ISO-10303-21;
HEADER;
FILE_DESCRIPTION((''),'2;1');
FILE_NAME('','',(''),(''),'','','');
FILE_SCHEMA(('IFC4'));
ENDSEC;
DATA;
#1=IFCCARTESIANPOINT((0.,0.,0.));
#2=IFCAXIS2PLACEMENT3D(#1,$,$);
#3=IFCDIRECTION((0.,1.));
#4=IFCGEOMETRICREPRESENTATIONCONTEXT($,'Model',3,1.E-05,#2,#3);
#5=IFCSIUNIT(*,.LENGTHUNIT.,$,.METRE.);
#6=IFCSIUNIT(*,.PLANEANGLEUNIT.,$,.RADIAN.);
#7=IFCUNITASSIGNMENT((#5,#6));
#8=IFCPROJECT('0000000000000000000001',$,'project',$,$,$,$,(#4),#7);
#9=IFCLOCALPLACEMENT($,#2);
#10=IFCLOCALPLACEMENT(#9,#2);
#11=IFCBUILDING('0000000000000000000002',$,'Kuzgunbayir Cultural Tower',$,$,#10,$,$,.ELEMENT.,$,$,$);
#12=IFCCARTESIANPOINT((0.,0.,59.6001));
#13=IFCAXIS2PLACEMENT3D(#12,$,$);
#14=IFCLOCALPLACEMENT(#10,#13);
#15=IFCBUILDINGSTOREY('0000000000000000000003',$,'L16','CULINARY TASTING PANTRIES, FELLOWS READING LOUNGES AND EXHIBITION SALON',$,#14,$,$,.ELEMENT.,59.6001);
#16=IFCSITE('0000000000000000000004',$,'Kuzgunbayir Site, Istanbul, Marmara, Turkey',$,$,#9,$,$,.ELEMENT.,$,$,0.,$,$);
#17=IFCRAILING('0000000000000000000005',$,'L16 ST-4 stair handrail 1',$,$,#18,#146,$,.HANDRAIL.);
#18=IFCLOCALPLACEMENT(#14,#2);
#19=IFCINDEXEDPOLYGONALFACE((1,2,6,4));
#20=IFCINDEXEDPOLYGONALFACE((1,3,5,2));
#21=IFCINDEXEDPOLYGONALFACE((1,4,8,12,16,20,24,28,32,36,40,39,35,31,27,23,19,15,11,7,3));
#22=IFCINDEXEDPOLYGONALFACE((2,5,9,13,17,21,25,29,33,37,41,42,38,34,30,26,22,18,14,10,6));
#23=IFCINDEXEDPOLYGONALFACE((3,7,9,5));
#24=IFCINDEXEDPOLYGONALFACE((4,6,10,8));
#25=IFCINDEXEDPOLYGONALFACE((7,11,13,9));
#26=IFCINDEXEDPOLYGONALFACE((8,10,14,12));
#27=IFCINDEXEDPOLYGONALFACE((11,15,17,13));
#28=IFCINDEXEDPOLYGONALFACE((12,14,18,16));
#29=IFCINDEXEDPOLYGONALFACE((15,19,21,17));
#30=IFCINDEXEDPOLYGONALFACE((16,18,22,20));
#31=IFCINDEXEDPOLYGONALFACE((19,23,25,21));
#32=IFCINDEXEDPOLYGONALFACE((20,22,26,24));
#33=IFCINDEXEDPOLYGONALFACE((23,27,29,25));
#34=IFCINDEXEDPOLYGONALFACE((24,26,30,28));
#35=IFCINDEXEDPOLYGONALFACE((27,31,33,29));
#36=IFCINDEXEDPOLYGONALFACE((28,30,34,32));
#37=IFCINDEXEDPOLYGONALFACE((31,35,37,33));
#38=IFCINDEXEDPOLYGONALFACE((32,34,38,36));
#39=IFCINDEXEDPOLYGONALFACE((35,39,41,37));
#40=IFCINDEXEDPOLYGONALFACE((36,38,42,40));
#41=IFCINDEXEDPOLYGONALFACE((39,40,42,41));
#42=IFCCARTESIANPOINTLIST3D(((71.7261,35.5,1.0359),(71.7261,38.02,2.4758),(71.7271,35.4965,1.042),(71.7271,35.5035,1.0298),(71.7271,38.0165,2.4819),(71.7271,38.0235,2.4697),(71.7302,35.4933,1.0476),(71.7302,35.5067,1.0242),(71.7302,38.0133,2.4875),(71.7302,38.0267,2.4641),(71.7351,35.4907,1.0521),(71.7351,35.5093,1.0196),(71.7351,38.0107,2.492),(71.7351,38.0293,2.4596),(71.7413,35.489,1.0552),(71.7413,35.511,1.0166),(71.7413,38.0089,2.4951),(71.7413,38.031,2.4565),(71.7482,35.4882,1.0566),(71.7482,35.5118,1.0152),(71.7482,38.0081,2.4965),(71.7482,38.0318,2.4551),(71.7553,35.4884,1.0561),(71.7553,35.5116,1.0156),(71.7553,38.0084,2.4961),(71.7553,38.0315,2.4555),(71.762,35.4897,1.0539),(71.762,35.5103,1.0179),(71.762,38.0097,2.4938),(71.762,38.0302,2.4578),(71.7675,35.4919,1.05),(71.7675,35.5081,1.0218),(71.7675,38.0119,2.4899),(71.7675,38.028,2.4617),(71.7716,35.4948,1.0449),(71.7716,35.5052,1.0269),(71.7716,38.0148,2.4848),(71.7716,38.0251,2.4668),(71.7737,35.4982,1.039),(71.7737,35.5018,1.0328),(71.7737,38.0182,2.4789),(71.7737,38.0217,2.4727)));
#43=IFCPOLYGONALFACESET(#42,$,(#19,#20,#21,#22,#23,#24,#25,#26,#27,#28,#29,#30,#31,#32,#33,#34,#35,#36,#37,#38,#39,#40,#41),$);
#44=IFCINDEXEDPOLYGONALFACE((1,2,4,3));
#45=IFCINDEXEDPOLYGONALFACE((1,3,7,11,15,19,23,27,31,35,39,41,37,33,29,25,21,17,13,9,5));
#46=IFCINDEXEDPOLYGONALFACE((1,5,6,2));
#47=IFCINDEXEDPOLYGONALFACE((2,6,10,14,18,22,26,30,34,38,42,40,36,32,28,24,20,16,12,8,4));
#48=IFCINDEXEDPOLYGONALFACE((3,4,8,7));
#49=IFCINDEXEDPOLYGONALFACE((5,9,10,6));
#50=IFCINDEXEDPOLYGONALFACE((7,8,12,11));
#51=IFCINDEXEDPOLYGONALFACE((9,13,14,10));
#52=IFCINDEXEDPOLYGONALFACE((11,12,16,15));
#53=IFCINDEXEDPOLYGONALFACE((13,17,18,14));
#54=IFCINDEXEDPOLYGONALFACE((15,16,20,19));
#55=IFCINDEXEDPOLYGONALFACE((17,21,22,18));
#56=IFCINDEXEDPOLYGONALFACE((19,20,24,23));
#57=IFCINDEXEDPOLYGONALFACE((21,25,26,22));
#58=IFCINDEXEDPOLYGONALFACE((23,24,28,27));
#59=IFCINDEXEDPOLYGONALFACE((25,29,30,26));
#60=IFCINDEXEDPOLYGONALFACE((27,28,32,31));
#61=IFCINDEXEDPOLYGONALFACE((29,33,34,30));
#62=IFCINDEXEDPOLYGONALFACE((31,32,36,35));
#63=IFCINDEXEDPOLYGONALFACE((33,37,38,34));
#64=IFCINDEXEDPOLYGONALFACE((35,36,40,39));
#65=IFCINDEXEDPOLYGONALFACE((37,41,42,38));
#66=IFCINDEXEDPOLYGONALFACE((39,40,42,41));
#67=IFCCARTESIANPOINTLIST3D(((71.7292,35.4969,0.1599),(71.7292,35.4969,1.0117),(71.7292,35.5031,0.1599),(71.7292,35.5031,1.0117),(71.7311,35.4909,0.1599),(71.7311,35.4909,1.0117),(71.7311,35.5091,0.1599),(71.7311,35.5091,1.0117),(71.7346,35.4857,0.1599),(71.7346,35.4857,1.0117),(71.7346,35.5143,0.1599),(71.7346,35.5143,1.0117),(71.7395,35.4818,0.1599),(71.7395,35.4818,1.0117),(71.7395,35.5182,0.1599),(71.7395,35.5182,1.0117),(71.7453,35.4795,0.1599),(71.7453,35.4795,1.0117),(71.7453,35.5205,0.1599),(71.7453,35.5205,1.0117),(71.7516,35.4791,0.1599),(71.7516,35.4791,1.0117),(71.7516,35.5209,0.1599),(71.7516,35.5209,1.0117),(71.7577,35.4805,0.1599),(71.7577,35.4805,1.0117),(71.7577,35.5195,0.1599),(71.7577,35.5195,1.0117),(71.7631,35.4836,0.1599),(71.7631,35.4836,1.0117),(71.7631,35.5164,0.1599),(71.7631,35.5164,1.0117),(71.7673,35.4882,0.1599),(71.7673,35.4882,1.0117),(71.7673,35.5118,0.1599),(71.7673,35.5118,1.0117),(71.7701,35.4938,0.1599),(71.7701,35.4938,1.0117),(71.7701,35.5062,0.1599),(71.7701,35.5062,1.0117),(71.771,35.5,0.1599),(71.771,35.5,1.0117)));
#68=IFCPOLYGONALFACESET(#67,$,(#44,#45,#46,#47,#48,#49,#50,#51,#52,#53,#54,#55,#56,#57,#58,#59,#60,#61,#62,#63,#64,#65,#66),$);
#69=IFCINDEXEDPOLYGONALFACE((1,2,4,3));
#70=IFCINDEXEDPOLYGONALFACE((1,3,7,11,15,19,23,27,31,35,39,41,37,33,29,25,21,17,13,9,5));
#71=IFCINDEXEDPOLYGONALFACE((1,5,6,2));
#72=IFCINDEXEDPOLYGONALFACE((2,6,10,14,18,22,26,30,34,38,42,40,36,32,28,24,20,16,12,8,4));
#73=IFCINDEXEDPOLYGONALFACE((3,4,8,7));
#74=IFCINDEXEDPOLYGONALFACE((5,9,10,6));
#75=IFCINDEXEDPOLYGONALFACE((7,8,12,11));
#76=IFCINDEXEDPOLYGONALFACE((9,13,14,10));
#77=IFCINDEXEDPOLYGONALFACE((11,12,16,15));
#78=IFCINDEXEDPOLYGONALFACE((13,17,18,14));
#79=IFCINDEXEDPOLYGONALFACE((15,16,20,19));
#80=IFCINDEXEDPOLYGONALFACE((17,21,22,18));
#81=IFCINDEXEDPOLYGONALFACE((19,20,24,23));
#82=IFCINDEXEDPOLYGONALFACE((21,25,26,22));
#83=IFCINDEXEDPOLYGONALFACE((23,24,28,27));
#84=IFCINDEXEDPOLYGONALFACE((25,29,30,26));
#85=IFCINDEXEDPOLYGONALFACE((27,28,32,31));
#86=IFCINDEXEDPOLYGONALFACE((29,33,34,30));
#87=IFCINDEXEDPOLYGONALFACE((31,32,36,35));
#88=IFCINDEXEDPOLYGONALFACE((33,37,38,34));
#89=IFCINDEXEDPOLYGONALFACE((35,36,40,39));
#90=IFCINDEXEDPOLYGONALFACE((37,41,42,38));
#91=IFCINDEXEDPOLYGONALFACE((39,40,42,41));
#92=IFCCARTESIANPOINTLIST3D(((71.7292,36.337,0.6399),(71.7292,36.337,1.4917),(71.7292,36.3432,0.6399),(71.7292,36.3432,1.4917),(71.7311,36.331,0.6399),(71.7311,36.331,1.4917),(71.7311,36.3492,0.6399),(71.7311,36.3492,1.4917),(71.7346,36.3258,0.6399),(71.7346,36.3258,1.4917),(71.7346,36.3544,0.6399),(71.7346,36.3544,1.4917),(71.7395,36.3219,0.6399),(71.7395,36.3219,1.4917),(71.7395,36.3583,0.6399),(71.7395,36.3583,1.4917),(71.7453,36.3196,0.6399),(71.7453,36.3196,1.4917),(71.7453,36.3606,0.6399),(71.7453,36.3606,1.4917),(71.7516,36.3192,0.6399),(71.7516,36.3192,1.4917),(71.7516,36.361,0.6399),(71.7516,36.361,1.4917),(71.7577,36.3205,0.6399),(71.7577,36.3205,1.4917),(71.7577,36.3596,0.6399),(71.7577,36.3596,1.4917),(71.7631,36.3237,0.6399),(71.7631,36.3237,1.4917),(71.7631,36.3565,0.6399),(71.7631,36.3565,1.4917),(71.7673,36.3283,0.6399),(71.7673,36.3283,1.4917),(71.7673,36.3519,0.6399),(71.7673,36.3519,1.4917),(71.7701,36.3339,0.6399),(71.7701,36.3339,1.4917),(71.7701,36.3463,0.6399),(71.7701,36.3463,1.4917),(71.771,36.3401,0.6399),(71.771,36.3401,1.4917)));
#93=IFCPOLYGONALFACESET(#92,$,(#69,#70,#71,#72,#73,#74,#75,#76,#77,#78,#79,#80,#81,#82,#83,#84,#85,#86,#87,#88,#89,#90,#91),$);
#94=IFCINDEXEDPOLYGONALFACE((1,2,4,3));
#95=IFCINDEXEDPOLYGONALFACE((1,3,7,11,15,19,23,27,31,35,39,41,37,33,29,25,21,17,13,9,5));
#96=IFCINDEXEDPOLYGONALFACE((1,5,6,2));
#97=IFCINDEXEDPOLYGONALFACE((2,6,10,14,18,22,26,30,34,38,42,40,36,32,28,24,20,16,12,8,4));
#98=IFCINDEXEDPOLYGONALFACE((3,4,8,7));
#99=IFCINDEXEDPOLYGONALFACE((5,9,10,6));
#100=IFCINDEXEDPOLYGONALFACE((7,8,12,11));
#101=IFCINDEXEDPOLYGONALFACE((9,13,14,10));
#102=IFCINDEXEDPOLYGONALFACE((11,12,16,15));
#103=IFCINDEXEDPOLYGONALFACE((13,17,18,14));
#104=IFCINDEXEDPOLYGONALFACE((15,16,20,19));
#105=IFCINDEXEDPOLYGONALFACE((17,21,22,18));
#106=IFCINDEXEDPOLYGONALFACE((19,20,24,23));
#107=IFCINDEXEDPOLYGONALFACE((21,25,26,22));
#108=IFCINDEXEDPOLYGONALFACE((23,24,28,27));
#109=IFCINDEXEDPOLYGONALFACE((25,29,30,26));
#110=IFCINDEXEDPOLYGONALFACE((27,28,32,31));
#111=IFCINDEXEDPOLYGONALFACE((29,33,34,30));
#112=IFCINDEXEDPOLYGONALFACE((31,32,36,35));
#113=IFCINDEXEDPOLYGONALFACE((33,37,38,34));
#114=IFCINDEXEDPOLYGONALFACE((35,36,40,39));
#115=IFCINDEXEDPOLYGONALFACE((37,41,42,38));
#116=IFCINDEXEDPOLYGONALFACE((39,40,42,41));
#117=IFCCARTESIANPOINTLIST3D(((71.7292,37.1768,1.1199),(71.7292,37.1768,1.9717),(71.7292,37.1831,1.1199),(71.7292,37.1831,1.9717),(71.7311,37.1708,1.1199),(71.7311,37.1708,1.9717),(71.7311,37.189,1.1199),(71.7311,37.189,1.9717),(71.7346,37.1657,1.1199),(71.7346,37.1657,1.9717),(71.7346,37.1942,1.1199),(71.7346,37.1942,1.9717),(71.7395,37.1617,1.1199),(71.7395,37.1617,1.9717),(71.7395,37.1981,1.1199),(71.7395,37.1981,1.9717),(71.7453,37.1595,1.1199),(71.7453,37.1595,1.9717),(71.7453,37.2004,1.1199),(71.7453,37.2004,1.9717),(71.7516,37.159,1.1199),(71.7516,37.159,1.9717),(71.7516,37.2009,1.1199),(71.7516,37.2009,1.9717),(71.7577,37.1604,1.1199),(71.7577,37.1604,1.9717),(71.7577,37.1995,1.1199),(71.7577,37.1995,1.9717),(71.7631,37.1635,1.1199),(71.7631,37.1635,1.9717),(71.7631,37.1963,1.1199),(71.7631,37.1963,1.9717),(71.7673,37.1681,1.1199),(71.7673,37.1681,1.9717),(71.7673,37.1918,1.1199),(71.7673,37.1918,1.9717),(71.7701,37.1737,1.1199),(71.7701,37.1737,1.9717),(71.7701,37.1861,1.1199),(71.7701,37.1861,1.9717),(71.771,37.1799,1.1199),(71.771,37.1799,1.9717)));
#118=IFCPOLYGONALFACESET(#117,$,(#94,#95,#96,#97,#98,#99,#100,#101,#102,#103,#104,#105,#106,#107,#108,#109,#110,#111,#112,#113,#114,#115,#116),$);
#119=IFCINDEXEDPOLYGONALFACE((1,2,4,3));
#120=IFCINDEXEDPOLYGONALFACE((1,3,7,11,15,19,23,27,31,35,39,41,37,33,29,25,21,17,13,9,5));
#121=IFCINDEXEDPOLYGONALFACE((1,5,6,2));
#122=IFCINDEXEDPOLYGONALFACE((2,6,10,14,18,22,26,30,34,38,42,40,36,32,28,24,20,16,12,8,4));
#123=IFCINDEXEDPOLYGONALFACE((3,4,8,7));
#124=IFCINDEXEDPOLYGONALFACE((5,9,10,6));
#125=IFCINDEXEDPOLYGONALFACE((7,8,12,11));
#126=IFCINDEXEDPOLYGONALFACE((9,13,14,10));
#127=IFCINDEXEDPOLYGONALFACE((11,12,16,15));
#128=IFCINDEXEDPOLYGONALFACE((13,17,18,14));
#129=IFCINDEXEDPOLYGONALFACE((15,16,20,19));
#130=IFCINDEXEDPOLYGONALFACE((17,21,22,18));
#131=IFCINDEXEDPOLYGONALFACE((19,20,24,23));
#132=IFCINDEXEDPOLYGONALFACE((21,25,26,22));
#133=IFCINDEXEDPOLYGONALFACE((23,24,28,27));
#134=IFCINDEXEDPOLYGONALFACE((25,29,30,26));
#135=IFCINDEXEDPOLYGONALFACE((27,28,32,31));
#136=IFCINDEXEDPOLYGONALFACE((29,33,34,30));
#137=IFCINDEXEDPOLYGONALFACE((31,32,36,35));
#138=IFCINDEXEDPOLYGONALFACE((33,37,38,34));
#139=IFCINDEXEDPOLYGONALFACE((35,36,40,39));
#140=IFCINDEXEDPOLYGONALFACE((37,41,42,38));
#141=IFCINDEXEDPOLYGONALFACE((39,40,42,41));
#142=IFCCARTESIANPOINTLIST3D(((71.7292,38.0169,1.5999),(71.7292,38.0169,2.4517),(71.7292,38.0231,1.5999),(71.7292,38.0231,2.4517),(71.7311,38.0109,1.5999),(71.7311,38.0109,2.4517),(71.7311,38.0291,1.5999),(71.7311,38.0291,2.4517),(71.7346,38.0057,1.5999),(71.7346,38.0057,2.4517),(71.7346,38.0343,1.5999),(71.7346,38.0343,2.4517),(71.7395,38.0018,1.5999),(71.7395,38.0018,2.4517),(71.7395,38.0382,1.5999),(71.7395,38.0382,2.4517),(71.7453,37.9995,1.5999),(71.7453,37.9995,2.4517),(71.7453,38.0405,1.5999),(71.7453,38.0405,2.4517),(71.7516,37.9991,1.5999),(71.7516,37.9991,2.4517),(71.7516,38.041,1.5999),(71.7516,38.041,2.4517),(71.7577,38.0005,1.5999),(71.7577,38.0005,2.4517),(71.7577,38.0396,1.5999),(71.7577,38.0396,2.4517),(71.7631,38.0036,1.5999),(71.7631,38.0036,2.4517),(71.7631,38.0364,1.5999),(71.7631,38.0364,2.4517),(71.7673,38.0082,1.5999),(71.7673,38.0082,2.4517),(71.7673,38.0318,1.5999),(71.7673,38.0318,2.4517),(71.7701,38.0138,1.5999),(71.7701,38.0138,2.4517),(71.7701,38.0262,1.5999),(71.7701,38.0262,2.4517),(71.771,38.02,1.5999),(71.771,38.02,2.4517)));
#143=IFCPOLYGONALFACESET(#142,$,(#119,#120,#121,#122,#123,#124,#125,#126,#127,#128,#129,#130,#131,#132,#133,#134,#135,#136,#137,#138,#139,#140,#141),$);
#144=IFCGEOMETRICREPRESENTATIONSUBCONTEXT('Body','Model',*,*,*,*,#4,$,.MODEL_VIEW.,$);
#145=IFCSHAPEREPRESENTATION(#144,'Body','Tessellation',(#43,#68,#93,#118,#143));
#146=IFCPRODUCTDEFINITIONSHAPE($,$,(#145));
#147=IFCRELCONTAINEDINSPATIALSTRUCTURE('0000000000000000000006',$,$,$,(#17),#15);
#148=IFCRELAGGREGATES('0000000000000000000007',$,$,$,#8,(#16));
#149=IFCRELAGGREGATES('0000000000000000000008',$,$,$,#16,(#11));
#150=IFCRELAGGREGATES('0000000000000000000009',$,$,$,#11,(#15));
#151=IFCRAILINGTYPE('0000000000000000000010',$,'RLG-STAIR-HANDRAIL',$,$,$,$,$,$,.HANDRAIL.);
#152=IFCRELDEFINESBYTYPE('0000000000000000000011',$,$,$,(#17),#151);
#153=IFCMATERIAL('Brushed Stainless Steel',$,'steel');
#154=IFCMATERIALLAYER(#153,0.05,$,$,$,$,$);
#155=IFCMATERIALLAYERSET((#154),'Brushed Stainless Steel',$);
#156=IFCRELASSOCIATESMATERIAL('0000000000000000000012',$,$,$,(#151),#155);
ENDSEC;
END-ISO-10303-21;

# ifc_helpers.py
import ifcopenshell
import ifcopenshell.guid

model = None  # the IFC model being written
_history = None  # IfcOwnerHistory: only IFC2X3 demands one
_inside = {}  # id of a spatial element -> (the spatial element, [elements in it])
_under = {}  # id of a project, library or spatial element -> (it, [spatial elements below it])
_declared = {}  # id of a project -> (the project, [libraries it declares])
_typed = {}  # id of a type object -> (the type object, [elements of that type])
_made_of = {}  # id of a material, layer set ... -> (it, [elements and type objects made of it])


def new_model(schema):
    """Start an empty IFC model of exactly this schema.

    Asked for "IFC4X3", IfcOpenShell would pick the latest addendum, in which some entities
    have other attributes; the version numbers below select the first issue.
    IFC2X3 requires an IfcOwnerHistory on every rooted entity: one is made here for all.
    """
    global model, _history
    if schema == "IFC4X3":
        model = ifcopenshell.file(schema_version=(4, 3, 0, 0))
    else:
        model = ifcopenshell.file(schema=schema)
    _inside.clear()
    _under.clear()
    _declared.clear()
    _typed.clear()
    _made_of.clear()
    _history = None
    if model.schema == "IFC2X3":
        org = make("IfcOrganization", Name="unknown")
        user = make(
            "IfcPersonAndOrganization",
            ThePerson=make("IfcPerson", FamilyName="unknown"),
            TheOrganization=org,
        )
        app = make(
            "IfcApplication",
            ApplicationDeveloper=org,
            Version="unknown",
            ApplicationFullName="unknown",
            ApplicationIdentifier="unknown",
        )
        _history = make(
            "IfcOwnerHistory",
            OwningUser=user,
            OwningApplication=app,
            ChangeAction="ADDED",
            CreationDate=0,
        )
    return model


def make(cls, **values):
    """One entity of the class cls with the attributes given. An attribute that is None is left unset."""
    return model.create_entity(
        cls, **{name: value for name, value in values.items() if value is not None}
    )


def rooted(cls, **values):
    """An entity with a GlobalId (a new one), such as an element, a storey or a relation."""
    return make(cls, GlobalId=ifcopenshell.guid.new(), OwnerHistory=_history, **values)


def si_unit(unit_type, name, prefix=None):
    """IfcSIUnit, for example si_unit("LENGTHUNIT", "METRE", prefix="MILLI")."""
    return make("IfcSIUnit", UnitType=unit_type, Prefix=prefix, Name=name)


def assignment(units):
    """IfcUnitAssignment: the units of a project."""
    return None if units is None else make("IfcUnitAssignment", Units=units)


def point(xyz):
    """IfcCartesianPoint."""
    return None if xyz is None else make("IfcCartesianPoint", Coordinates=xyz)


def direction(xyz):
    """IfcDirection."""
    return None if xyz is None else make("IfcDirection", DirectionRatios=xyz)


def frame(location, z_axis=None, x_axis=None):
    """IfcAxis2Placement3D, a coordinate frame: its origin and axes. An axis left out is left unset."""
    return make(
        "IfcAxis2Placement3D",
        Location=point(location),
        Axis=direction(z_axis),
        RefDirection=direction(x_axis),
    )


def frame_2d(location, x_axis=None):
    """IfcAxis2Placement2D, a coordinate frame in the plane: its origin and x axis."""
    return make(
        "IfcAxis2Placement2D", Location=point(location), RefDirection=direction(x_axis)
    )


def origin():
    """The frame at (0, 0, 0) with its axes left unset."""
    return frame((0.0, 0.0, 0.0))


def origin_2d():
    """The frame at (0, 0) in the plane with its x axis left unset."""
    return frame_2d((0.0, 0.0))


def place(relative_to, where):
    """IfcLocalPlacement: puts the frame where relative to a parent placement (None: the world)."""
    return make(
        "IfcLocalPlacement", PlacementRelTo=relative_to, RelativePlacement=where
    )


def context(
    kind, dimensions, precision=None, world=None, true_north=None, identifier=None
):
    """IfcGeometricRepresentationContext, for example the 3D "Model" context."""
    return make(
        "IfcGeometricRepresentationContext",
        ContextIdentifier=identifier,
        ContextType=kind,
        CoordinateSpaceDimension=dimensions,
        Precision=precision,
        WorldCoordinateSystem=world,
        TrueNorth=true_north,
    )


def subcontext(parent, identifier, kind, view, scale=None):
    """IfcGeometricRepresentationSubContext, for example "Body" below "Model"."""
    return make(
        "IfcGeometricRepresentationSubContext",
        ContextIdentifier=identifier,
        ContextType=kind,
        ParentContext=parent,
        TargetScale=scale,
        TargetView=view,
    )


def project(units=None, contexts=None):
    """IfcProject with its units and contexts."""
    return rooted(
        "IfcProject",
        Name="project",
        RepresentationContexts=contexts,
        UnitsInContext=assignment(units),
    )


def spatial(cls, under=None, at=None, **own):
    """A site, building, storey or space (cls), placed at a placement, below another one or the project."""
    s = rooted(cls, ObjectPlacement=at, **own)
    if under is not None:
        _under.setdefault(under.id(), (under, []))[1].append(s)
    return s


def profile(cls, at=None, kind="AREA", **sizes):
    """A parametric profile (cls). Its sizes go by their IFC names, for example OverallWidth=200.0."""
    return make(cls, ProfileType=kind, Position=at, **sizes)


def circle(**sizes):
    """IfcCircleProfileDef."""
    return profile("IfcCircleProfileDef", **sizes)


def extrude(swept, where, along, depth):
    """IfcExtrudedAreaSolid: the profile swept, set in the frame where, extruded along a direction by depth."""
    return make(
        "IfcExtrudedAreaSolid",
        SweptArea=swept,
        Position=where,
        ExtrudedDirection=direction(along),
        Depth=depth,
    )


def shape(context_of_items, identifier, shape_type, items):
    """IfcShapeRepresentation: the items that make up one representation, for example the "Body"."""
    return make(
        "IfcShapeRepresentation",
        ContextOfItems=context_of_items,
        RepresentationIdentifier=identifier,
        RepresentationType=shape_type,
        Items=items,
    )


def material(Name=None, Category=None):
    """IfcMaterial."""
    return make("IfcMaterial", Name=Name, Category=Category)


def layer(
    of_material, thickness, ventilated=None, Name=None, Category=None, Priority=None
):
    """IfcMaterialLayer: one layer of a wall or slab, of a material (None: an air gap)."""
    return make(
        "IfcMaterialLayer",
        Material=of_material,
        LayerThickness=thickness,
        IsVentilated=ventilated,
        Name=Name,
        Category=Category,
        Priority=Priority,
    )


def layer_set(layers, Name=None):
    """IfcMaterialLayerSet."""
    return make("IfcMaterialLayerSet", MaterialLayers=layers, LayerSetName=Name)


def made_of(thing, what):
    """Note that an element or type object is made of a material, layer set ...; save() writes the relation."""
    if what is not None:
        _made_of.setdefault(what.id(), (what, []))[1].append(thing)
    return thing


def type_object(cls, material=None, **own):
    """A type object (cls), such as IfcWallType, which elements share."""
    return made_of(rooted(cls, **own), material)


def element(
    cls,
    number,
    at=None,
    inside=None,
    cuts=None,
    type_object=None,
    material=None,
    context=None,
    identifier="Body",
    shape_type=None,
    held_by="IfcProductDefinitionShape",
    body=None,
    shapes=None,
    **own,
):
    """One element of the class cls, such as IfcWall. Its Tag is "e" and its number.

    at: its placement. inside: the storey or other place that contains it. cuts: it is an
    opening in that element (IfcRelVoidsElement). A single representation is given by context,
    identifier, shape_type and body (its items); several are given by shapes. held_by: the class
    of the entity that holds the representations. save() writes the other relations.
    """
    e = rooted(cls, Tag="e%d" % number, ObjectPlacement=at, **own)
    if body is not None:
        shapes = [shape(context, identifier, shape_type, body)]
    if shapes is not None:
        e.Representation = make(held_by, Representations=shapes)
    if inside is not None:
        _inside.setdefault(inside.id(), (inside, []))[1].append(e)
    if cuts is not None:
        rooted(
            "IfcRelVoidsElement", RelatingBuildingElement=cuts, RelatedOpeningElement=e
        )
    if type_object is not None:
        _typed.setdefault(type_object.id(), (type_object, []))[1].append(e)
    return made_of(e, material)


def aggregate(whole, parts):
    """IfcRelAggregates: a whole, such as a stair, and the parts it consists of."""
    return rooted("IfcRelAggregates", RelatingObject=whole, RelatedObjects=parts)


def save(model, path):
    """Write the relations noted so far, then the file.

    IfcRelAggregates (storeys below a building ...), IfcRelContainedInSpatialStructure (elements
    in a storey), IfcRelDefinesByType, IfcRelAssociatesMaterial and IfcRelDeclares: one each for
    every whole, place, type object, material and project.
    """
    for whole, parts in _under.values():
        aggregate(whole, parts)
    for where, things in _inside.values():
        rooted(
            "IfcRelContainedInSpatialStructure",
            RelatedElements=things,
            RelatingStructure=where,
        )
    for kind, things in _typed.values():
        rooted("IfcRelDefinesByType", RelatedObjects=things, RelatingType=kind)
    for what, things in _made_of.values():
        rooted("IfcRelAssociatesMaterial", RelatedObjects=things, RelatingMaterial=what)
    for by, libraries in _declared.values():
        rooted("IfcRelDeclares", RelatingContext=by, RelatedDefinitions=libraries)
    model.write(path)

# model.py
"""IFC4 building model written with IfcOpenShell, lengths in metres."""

from ifc_helpers import new_model, si_unit, direction, frame, origin, origin_2d, place, context, subcontext, project, spatial, circle, extrude, material, layer, layer_set, type_object, element, save


model = new_model("IFC4")

# Units and contexts
model_context = context("Model", 3, precision=1e-05, world=origin(), true_north=direction((0.0, 1.0)))
body_context = subcontext(model_context, "Body", "Model", "MODEL_VIEW")
ifc_project = project(units=[si_unit("LENGTHUNIT", "METRE"), si_unit("PLANEANGLEUNIT", "RADIAN")], contexts=[model_context])

# Site, building, storey
site_placement = place(None, origin())
site = spatial("IfcSite", under=ifc_project, at=site_placement, Name="Kuzgunbayir Site, Istanbul, Marmara, Turkey", CompositionType="ELEMENT", RefElevation=0.0)
building_placement = place(site_placement, origin())
building = spatial("IfcBuilding", under=site, at=building_placement, Name="Kuzgunbayir Cultural Tower", CompositionType="ELEMENT")
storey_placement = place(building_placement, frame((0.0, 0.0, 59.6001)))
storey = spatial("IfcBuildingStorey", under=building, at=storey_placement, Name="L16", Description="CULINARY TASTING PANTRIES, FELLOWS READING LOUNGES AND EXHIBITION SALON", CompositionType="ELEMENT", Elevation=59.6001)

# Shared definitions
ifc_material_1 = material(Name="Brushed Stainless Steel", Category="steel")

# Railing
ifc_layer_1 = layer(ifc_material_1, 0.05)
ifc_layer_set_1 = layer_set([ifc_layer_1], Name="Brushed Stainless Steel")
railing_type_1 = type_object("IfcRailingType", Name="RLG-STAIR-HANDRAIL", PredefinedType="HANDRAIL", material=ifc_layer_set_1)
railing_1_placement = place(storey_placement, frame((71.75, 35.5, 0.1599)))
element("IfcRailing", 1, at=railing_1_placement, inside=storey, type_object=railing_type_1, Name="L16 ST-4 stair handrail 1", PredefinedType="HANDRAIL", context=body_context, shape_type="SweptSolid", body=[
    extrude(circle(Radius=0.0239, at=origin_2d()), frame((0.0, 0.0, 0.876), z_axis=(0.0, 0.868253, 0.496121), x_axis=(-1.0, 0.0, 0.0)), (0.0, 0.0, 1.0), 2.9023),
    extrude(circle(Radius=0.021, at=origin_2d()), origin(), (0.0, 0.0, 1.0), 0.8518),
    extrude(circle(Radius=0.021, at=origin_2d()), frame((0.0, 0.8401, 0.48)), (0.0, 0.0, 1.0), 0.8518),
    extrude(circle(Radius=0.021, at=origin_2d()), frame((0.0, 1.6799, 0.96)), (0.0, 0.0, 1.0), 0.8518),
    extrude(circle(Radius=0.021, at=origin_2d()), frame((0.0, 2.52, 1.4399)), (0.0, 0.0, 1.0), 0.8518),
])

save(model, "model.ifc")
